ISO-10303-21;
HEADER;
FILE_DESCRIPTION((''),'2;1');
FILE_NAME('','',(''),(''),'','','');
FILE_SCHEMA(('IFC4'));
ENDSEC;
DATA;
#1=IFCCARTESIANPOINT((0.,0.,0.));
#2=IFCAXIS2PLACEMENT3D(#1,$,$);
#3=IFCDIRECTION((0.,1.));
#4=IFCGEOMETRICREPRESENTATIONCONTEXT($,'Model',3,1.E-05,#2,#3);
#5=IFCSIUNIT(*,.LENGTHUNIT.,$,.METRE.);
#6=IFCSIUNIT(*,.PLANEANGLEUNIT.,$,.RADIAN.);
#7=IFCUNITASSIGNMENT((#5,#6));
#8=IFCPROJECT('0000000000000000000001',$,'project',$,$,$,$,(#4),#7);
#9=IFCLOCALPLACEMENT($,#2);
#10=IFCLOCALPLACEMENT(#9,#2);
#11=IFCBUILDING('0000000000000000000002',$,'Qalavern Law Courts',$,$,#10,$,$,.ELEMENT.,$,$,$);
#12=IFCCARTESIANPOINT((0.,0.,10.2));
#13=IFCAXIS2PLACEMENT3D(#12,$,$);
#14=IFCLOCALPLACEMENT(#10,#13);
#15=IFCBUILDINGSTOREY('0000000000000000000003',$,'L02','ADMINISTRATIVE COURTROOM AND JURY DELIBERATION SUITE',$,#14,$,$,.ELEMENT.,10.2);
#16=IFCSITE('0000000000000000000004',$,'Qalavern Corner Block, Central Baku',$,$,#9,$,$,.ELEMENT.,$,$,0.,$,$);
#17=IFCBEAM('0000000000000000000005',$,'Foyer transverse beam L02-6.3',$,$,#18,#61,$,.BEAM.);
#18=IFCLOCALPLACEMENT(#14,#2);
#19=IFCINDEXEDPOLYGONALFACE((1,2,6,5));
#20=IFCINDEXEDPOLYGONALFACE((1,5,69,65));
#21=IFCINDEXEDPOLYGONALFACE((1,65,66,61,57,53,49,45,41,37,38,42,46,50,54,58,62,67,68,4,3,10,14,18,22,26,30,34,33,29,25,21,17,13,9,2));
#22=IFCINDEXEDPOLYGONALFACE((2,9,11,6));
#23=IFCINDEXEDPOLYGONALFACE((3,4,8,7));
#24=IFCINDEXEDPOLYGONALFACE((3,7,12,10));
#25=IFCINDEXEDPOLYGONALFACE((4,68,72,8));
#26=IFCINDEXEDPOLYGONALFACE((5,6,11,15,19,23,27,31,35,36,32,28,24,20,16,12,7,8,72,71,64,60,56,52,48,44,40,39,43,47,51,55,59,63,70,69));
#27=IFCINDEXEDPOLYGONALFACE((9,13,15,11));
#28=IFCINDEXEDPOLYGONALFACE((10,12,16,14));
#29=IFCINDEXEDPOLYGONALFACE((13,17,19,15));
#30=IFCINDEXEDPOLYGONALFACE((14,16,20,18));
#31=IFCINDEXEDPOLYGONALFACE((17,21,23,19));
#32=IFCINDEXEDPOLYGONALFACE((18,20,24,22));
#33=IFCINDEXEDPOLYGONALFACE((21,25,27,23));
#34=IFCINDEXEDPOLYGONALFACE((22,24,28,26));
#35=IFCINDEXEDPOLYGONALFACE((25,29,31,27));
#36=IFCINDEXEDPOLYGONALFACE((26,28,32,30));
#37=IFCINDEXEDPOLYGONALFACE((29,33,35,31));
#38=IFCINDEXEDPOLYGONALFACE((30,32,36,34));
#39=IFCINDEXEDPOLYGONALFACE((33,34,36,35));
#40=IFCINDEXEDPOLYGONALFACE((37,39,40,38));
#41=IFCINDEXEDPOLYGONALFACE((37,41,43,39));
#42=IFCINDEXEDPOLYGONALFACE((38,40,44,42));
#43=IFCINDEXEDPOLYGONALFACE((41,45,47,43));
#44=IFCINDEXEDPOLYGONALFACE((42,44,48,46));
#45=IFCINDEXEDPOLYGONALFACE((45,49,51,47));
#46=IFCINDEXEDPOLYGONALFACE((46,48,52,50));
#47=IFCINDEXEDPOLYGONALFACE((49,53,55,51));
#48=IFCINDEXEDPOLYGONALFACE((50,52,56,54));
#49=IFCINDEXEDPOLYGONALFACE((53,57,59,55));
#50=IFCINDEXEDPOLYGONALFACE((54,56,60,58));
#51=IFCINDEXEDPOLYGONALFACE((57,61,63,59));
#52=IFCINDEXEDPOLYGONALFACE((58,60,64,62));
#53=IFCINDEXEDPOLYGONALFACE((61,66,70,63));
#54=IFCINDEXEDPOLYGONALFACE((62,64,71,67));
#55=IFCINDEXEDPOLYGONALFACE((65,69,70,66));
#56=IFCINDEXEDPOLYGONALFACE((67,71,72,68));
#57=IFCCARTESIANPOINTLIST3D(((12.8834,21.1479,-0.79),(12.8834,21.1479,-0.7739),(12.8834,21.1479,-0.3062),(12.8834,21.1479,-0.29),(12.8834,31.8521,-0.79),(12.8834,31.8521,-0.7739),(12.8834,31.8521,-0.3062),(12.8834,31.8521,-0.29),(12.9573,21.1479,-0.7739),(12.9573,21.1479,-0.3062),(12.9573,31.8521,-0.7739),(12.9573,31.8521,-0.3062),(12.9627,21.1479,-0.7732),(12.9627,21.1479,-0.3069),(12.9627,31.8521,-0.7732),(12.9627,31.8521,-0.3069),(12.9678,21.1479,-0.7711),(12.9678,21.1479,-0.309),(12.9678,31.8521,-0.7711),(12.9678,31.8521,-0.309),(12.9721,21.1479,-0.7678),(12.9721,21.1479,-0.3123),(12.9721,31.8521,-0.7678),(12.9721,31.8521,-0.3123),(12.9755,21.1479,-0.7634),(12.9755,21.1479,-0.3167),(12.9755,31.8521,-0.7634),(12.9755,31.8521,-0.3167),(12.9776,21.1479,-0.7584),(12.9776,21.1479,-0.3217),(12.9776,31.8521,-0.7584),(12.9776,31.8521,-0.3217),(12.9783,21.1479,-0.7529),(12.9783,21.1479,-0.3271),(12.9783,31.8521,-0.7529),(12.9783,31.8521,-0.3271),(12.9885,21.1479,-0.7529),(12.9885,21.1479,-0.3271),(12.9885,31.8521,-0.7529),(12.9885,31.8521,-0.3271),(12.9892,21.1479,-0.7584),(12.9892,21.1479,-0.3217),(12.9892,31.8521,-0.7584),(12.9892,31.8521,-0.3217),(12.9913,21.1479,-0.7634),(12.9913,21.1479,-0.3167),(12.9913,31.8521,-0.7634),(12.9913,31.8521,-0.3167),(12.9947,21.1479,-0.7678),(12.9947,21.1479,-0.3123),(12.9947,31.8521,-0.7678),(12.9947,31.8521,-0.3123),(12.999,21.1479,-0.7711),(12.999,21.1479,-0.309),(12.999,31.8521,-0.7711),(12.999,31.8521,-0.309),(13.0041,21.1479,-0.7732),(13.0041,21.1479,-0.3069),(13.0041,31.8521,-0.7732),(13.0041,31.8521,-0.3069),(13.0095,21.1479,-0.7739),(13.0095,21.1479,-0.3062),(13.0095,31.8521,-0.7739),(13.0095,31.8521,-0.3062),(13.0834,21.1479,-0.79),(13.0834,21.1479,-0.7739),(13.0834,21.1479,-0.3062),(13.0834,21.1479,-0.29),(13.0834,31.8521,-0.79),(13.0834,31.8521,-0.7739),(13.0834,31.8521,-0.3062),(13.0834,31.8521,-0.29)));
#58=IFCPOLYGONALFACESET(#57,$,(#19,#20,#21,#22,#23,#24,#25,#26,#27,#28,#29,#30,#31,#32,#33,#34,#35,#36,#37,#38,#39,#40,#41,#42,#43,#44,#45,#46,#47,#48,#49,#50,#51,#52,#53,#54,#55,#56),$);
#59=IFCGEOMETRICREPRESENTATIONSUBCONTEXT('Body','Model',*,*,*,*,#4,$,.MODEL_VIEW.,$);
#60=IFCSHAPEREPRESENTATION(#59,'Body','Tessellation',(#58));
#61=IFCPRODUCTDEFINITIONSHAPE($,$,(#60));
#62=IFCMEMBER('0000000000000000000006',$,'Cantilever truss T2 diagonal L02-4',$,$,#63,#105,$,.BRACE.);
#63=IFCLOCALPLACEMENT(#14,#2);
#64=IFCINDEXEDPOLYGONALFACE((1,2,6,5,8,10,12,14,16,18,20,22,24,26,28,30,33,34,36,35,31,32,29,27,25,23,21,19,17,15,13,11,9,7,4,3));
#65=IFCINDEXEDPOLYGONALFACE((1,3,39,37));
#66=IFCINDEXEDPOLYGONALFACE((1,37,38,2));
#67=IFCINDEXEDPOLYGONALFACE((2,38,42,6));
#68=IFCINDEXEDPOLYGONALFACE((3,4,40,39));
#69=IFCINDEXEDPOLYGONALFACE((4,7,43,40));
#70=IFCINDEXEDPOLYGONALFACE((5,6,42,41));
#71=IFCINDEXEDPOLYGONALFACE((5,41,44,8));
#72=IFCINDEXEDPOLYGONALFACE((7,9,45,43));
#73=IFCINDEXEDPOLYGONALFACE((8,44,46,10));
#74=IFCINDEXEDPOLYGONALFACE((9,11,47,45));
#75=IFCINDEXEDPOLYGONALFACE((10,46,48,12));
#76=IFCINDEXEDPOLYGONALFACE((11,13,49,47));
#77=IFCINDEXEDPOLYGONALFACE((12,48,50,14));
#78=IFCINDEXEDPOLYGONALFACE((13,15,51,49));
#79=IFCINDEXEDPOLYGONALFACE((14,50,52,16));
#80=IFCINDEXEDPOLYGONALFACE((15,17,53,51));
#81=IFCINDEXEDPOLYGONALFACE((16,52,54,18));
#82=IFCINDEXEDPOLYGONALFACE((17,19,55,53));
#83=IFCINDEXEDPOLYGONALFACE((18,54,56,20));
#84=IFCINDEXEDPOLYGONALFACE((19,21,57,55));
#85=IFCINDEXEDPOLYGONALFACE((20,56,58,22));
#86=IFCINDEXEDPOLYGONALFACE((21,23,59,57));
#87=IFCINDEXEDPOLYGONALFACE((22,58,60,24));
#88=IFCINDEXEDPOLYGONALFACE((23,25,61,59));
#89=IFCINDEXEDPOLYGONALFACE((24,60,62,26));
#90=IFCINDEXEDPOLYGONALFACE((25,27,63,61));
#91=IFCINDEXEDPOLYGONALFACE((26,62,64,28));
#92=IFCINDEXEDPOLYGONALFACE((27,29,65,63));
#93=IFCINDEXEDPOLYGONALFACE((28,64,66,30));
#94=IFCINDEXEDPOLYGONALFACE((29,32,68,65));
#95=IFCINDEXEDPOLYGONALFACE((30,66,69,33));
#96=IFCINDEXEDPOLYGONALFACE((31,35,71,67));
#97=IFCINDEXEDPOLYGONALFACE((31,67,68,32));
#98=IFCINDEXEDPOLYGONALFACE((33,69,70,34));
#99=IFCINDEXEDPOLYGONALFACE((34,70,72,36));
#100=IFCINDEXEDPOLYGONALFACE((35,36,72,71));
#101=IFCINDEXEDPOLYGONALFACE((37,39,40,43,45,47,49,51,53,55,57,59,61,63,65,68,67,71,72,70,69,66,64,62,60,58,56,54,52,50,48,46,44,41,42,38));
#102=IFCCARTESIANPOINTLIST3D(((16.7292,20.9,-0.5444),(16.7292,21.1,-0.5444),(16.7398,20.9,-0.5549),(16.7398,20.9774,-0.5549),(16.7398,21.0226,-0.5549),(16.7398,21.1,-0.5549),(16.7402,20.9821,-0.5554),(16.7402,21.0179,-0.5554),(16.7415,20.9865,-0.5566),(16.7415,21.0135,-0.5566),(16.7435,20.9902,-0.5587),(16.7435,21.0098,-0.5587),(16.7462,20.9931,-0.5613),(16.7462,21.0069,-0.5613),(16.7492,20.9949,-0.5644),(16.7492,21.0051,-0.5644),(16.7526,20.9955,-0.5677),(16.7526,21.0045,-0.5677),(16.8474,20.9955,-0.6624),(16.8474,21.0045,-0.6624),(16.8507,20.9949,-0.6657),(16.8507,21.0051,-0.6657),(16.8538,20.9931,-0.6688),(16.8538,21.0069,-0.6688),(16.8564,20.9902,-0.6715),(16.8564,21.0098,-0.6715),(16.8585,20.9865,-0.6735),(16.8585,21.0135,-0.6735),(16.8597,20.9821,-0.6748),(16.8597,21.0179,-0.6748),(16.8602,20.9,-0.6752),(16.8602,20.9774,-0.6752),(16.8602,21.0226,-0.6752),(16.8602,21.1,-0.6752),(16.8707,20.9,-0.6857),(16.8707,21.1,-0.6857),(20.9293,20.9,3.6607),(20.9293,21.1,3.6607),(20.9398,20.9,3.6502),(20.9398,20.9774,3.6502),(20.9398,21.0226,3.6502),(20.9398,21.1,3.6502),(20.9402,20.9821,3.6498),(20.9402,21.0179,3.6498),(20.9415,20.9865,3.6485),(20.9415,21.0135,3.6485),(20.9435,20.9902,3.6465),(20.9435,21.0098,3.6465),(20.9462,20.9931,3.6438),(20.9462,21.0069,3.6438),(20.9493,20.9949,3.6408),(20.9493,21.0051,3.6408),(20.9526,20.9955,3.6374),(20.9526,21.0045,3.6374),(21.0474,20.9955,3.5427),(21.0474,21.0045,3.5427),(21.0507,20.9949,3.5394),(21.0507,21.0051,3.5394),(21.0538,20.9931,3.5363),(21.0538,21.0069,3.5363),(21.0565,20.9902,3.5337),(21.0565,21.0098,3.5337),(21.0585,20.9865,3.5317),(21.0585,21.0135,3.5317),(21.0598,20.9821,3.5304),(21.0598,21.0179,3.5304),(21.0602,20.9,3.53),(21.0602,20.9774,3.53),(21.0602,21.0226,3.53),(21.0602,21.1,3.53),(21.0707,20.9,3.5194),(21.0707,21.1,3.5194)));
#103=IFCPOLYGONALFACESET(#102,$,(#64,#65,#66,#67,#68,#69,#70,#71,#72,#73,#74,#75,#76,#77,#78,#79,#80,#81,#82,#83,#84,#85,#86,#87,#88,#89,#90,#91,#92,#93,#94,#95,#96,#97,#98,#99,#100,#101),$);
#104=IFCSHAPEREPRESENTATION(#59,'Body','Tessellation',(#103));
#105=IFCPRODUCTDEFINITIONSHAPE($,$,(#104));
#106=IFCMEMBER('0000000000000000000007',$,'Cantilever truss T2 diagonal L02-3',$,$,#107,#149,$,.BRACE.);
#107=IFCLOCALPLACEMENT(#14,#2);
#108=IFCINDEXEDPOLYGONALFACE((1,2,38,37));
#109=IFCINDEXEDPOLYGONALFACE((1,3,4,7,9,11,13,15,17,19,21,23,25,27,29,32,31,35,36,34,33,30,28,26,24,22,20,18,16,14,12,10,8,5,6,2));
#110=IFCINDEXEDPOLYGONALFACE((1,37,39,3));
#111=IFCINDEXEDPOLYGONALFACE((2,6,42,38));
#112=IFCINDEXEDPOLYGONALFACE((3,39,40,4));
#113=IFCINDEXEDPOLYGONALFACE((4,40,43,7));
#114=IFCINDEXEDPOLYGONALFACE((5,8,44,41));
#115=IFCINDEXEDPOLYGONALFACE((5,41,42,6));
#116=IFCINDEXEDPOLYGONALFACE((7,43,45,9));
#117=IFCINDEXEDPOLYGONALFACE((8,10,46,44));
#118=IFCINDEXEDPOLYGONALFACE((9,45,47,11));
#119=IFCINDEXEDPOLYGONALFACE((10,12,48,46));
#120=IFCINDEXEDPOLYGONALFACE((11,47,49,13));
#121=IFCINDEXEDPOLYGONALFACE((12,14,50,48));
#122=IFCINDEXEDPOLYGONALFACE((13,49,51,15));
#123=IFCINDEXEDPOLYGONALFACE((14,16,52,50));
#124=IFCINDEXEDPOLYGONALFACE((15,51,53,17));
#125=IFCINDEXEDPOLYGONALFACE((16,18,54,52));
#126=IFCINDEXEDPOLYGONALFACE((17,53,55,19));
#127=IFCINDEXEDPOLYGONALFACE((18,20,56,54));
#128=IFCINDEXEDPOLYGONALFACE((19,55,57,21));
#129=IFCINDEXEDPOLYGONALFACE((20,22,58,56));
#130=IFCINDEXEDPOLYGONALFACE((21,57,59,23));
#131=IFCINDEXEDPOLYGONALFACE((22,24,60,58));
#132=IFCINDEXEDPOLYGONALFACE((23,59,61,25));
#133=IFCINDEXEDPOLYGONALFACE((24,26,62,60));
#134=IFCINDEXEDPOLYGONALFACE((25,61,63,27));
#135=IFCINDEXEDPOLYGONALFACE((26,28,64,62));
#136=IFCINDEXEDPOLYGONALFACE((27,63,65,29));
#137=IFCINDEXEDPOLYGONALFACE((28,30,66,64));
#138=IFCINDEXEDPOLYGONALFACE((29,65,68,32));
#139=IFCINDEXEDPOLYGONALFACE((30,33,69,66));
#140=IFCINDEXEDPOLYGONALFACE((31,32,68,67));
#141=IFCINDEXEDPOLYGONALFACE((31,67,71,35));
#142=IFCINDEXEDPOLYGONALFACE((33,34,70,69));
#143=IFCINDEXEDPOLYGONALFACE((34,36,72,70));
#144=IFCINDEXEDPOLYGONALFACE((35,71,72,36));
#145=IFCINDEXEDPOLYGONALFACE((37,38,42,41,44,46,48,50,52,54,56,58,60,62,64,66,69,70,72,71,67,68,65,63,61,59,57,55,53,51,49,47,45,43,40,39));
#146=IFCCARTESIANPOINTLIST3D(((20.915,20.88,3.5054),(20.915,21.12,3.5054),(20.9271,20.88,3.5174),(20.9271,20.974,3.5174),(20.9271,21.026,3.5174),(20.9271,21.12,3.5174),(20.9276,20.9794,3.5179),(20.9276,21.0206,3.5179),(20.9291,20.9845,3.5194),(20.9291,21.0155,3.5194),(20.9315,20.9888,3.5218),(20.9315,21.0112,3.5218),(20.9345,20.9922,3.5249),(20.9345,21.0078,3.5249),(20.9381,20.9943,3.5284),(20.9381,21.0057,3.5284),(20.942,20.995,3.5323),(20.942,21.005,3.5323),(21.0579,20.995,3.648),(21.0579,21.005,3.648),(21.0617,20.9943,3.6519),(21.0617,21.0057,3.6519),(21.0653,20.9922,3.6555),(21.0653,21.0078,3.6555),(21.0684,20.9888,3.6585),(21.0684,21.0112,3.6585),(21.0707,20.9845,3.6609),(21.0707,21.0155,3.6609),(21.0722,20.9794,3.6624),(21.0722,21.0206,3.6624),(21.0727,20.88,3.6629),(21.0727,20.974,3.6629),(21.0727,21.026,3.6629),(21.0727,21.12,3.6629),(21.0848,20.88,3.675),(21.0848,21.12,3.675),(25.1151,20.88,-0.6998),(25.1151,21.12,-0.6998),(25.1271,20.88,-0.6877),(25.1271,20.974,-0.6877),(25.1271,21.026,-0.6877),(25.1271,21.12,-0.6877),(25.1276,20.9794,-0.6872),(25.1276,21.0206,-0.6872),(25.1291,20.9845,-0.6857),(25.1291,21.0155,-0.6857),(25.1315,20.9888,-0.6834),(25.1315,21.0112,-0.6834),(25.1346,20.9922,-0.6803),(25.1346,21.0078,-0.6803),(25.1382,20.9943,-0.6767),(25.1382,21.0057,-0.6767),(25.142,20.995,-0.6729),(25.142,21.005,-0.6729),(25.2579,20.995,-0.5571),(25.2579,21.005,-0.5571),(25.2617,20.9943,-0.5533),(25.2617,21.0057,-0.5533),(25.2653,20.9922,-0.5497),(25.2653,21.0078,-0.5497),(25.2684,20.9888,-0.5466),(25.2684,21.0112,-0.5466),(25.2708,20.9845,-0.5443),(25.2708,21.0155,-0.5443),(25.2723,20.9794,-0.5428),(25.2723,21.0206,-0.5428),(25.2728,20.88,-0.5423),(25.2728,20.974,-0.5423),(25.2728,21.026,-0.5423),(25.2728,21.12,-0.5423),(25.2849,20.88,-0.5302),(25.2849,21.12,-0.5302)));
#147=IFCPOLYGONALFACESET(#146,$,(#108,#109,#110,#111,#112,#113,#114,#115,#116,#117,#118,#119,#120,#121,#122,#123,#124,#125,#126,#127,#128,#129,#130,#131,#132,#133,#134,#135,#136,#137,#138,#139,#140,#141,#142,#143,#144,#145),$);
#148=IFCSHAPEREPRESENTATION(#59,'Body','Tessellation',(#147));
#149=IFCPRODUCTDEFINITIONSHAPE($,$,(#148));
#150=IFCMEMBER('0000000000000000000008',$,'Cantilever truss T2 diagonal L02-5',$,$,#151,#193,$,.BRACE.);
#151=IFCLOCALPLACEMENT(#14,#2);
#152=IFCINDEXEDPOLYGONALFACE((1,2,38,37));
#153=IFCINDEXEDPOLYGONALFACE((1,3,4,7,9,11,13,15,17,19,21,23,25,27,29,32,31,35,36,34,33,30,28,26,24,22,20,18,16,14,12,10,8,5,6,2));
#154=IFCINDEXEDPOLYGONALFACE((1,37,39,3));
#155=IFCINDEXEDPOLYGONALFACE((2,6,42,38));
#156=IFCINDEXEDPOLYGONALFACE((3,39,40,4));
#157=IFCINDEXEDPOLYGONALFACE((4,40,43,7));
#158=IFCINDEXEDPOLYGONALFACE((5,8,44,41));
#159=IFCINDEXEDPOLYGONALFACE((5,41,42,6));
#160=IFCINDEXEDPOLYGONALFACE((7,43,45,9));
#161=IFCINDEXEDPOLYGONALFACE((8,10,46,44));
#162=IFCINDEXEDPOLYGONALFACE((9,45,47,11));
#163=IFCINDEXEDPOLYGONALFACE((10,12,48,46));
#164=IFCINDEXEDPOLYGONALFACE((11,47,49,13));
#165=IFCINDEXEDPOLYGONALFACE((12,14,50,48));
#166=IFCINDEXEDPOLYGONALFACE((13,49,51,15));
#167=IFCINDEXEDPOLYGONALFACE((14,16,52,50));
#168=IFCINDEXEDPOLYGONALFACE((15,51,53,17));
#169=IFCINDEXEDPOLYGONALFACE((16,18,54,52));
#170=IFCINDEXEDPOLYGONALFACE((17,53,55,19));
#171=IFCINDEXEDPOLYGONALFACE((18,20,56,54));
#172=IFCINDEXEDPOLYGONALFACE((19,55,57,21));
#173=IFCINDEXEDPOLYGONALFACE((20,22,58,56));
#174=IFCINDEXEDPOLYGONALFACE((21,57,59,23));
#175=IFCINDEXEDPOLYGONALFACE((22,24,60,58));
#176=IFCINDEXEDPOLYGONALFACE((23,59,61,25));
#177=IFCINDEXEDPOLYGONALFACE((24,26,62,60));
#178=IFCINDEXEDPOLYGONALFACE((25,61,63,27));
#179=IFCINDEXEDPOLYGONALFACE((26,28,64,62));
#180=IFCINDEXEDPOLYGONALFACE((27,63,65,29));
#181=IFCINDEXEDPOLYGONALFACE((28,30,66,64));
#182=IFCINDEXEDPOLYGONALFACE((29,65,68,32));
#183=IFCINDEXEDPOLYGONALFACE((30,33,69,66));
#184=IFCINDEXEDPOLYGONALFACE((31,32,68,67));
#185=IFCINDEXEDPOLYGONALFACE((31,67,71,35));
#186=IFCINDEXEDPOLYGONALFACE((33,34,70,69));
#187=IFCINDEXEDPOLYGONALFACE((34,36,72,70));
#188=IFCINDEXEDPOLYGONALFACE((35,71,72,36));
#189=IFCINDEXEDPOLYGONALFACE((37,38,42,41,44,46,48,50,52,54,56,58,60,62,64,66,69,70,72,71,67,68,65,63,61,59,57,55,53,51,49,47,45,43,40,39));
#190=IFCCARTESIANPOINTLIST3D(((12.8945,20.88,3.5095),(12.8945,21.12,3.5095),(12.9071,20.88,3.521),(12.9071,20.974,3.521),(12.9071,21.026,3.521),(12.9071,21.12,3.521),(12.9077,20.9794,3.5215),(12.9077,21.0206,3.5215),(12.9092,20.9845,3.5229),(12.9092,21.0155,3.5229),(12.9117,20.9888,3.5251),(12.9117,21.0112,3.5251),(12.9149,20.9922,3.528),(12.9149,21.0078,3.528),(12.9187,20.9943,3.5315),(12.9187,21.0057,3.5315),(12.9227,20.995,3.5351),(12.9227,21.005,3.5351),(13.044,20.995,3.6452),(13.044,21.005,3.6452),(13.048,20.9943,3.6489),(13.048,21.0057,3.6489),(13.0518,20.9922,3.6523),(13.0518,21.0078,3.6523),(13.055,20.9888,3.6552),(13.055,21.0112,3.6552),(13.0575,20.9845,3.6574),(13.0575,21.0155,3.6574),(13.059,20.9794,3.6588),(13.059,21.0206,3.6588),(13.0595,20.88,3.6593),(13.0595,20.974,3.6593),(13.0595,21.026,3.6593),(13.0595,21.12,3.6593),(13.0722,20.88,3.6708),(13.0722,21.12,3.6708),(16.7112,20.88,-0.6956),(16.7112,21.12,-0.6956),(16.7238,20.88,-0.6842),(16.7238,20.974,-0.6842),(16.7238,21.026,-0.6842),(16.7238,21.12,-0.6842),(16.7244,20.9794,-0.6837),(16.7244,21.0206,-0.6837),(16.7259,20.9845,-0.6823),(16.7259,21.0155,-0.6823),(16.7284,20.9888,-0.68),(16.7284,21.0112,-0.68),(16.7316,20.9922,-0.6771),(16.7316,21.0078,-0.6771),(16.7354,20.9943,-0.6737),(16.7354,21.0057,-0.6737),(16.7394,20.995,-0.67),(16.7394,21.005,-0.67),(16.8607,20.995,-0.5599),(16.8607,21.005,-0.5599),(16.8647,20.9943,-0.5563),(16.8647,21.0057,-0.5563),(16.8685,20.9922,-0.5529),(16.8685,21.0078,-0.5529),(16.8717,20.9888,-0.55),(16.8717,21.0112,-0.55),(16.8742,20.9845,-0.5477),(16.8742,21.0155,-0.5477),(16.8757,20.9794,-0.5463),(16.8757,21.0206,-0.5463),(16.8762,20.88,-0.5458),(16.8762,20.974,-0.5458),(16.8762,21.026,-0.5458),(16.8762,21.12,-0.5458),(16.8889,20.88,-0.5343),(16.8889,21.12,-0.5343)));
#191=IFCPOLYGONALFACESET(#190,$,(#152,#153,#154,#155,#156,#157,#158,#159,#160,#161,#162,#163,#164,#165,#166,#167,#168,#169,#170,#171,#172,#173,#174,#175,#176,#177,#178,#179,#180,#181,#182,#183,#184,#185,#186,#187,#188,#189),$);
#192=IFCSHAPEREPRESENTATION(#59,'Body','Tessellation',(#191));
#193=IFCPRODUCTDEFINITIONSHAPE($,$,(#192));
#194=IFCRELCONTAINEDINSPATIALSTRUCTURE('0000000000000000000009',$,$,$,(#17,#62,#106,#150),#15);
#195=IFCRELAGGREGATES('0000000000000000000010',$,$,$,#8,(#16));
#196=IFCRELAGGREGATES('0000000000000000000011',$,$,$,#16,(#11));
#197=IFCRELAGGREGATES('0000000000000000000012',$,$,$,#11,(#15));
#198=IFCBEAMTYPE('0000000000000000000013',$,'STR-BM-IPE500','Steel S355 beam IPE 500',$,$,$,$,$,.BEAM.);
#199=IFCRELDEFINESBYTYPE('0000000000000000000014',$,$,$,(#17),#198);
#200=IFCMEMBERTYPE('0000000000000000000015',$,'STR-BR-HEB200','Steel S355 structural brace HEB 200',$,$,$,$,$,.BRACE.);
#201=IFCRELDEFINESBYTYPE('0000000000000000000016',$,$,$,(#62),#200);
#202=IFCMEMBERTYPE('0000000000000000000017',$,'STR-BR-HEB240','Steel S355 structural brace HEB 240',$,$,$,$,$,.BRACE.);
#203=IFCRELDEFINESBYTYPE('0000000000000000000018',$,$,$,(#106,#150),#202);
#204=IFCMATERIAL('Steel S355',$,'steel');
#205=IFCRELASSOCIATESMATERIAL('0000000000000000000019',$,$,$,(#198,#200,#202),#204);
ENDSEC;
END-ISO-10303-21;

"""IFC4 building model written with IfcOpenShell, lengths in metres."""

from ifc_helpers import new_model, si_unit, direction, frame, origin, origin_2d, place, context, subcontext, project, spatial, i_section, extrude, material, material_profile, profile_set, type_object, element, save


model = new_model("IFC4")

# Units and contexts
model_context = context("Model", 3, precision=1e-05, world=origin(), true_north=direction((0.0, 1.0)))
body_context = subcontext(model_context, "Body", "Model", "MODEL_VIEW")
ifc_project = project(units=[si_unit("LENGTHUNIT", "METRE"), si_unit("PLANEANGLEUNIT", "RADIAN")], contexts=[model_context])

# Site, building, storey
site_placement = place(None, origin())
site = spatial("IfcSite", under=ifc_project, at=site_placement, Name="Qalavern Corner Block, Central Baku", CompositionType="ELEMENT", RefElevation=0.0)
building_placement = place(site_placement, origin())
building = spatial("IfcBuilding", under=site, at=building_placement, Name="Qalavern Law Courts", CompositionType="ELEMENT")
storey_placement = place(building_placement, frame((0.0, 0.0, 10.2)))
storey = spatial("IfcBuildingStorey", under=building, at=storey_placement, Name="L02", Description="ADMINISTRATIVE COURTROOM AND JURY DELIBERATION SUITE", CompositionType="ELEMENT", Elevation=10.2)

# Beam
ifc_material_1 = material(Name="Steel S355", Category="steel")
ifc_material_profile_1 = material_profile(ifc_material_1, i_section(OverallWidth=0.2, OverallDepth=0.5, WebThickness=0.0103, FlangeThickness=0.0161, FilletRadius=0.021, at=origin_2d()), Name="IPE 500")
ifc_profile_set_1 = profile_set([ifc_material_profile_1], Name="Steel S355")
beam_type_1 = type_object("IfcBeamType", Name="STR-BM-IPE500", Description="Steel S355 beam IPE 500", PredefinedType="BEAM", material=ifc_profile_set_1)
for number, where, z_axis, x_axis, name in (
    (1, (12.9834, 21.1479, -0.54), (0.0, 1.0, 0.0), (-1.0, 0.0, 0.0), "Foyer transverse beam L02-6.3"),
):
    element("IfcBeam", number, at=place(storey_placement, frame(where, z_axis=z_axis, x_axis=x_axis)), inside=storey, type_object=beam_type_1, Name=name, PredefinedType="BEAM", context=body_context, shape_type="SweptSolid", body=[
        extrude(i_section(OverallWidth=0.2, OverallDepth=0.5, WebThickness=0.0103, FlangeThickness=0.0161, FilletRadius=0.021, at=origin_2d()), origin(), (0.0, 0.0, 1.0), 10.7041),
    ])

# Members
ifc_material_profile_2 = material_profile(ifc_material_1, i_section(OverallWidth=0.2, OverallDepth=0.2, WebThickness=0.009, FlangeThickness=0.0149, FilletRadius=0.0181, at=origin_2d()), Name="HEB 200")
ifc_profile_set_2 = profile_set([ifc_material_profile_2], Name="Steel S355")
member_type_1 = type_object("IfcMemberType", Name="STR-BR-HEB200", Description="Steel S355 structural brace HEB 200", PredefinedType="BRACE", material=ifc_profile_set_2)
member_1_placement = place(storey_placement, frame((21.0, 21.0, 3.5901), z_axis=(-0.706675, 0.0, -0.707538), x_axis=(0.0, -1.0, 0.0)))
element("IfcMember", 2, at=member_1_placement, inside=storey, type_object=member_type_1, Name="Cantilever truss T2 diagonal L02-4", PredefinedType="BRACE", context=body_context, shape_type="SweptSolid", body=[
    extrude(i_section(OverallWidth=0.2, OverallDepth=0.2, WebThickness=0.009, FlangeThickness=0.0149, FilletRadius=0.0181, at=origin_2d()), origin(), (0.0, 0.0, 1.0), 5.9434),
])
ifc_material_profile_3 = material_profile(ifc_material_1, i_section(OverallWidth=0.24, OverallDepth=0.24, WebThickness=0.01, FlangeThickness=0.0171, FilletRadius=0.021, at=origin_2d()), Name="HEB 240")
ifc_profile_set_3 = profile_set([ifc_material_profile_3], Name="Steel S355")
member_type_2 = type_object("IfcMemberType", Name="STR-BR-HEB240", Description="Steel S355 structural brace HEB 240", PredefinedType="BRACE", material=ifc_profile_set_3)
member_2_placement = place(storey_placement, frame((25.2, 21.0, -0.615), z_axis=(-0.706675, 0.0, 0.707538), x_axis=(0.0, -1.0, 0.0)))
element("IfcMember", 3, at=member_2_placement, inside=storey, type_object=member_type_2, Name="Cantilever truss T2 diagonal L02-3", PredefinedType="BRACE", context=body_context, shape_type="SweptSolid", body=[
    extrude(i_section(OverallWidth=0.24, OverallDepth=0.24, WebThickness=0.01, FlangeThickness=0.0171, FilletRadius=0.021, at=origin_2d()), origin(), (0.0, 0.0, 1.0), 5.9434),
])
member_3_placement = place(storey_placement, frame((16.8, 21.0, -0.615), z_axis=(-0.67208, 0.0, 0.740479), x_axis=(0.0, -1.0, 0.0)))
element("IfcMember", 4, at=member_3_placement, inside=storey, type_object=member_type_2, Name="Cantilever truss T2 diagonal L02-5", PredefinedType="BRACE", context=body_context, shape_type="SweptSolid", body=[
    extrude(i_section(OverallWidth=0.24, OverallDepth=0.24, WebThickness=0.01, FlangeThickness=0.0171, FilletRadius=0.021, at=origin_2d()), origin(), (0.0, 0.0, 1.0), 5.679),
])

save(model, "model.ifc")
